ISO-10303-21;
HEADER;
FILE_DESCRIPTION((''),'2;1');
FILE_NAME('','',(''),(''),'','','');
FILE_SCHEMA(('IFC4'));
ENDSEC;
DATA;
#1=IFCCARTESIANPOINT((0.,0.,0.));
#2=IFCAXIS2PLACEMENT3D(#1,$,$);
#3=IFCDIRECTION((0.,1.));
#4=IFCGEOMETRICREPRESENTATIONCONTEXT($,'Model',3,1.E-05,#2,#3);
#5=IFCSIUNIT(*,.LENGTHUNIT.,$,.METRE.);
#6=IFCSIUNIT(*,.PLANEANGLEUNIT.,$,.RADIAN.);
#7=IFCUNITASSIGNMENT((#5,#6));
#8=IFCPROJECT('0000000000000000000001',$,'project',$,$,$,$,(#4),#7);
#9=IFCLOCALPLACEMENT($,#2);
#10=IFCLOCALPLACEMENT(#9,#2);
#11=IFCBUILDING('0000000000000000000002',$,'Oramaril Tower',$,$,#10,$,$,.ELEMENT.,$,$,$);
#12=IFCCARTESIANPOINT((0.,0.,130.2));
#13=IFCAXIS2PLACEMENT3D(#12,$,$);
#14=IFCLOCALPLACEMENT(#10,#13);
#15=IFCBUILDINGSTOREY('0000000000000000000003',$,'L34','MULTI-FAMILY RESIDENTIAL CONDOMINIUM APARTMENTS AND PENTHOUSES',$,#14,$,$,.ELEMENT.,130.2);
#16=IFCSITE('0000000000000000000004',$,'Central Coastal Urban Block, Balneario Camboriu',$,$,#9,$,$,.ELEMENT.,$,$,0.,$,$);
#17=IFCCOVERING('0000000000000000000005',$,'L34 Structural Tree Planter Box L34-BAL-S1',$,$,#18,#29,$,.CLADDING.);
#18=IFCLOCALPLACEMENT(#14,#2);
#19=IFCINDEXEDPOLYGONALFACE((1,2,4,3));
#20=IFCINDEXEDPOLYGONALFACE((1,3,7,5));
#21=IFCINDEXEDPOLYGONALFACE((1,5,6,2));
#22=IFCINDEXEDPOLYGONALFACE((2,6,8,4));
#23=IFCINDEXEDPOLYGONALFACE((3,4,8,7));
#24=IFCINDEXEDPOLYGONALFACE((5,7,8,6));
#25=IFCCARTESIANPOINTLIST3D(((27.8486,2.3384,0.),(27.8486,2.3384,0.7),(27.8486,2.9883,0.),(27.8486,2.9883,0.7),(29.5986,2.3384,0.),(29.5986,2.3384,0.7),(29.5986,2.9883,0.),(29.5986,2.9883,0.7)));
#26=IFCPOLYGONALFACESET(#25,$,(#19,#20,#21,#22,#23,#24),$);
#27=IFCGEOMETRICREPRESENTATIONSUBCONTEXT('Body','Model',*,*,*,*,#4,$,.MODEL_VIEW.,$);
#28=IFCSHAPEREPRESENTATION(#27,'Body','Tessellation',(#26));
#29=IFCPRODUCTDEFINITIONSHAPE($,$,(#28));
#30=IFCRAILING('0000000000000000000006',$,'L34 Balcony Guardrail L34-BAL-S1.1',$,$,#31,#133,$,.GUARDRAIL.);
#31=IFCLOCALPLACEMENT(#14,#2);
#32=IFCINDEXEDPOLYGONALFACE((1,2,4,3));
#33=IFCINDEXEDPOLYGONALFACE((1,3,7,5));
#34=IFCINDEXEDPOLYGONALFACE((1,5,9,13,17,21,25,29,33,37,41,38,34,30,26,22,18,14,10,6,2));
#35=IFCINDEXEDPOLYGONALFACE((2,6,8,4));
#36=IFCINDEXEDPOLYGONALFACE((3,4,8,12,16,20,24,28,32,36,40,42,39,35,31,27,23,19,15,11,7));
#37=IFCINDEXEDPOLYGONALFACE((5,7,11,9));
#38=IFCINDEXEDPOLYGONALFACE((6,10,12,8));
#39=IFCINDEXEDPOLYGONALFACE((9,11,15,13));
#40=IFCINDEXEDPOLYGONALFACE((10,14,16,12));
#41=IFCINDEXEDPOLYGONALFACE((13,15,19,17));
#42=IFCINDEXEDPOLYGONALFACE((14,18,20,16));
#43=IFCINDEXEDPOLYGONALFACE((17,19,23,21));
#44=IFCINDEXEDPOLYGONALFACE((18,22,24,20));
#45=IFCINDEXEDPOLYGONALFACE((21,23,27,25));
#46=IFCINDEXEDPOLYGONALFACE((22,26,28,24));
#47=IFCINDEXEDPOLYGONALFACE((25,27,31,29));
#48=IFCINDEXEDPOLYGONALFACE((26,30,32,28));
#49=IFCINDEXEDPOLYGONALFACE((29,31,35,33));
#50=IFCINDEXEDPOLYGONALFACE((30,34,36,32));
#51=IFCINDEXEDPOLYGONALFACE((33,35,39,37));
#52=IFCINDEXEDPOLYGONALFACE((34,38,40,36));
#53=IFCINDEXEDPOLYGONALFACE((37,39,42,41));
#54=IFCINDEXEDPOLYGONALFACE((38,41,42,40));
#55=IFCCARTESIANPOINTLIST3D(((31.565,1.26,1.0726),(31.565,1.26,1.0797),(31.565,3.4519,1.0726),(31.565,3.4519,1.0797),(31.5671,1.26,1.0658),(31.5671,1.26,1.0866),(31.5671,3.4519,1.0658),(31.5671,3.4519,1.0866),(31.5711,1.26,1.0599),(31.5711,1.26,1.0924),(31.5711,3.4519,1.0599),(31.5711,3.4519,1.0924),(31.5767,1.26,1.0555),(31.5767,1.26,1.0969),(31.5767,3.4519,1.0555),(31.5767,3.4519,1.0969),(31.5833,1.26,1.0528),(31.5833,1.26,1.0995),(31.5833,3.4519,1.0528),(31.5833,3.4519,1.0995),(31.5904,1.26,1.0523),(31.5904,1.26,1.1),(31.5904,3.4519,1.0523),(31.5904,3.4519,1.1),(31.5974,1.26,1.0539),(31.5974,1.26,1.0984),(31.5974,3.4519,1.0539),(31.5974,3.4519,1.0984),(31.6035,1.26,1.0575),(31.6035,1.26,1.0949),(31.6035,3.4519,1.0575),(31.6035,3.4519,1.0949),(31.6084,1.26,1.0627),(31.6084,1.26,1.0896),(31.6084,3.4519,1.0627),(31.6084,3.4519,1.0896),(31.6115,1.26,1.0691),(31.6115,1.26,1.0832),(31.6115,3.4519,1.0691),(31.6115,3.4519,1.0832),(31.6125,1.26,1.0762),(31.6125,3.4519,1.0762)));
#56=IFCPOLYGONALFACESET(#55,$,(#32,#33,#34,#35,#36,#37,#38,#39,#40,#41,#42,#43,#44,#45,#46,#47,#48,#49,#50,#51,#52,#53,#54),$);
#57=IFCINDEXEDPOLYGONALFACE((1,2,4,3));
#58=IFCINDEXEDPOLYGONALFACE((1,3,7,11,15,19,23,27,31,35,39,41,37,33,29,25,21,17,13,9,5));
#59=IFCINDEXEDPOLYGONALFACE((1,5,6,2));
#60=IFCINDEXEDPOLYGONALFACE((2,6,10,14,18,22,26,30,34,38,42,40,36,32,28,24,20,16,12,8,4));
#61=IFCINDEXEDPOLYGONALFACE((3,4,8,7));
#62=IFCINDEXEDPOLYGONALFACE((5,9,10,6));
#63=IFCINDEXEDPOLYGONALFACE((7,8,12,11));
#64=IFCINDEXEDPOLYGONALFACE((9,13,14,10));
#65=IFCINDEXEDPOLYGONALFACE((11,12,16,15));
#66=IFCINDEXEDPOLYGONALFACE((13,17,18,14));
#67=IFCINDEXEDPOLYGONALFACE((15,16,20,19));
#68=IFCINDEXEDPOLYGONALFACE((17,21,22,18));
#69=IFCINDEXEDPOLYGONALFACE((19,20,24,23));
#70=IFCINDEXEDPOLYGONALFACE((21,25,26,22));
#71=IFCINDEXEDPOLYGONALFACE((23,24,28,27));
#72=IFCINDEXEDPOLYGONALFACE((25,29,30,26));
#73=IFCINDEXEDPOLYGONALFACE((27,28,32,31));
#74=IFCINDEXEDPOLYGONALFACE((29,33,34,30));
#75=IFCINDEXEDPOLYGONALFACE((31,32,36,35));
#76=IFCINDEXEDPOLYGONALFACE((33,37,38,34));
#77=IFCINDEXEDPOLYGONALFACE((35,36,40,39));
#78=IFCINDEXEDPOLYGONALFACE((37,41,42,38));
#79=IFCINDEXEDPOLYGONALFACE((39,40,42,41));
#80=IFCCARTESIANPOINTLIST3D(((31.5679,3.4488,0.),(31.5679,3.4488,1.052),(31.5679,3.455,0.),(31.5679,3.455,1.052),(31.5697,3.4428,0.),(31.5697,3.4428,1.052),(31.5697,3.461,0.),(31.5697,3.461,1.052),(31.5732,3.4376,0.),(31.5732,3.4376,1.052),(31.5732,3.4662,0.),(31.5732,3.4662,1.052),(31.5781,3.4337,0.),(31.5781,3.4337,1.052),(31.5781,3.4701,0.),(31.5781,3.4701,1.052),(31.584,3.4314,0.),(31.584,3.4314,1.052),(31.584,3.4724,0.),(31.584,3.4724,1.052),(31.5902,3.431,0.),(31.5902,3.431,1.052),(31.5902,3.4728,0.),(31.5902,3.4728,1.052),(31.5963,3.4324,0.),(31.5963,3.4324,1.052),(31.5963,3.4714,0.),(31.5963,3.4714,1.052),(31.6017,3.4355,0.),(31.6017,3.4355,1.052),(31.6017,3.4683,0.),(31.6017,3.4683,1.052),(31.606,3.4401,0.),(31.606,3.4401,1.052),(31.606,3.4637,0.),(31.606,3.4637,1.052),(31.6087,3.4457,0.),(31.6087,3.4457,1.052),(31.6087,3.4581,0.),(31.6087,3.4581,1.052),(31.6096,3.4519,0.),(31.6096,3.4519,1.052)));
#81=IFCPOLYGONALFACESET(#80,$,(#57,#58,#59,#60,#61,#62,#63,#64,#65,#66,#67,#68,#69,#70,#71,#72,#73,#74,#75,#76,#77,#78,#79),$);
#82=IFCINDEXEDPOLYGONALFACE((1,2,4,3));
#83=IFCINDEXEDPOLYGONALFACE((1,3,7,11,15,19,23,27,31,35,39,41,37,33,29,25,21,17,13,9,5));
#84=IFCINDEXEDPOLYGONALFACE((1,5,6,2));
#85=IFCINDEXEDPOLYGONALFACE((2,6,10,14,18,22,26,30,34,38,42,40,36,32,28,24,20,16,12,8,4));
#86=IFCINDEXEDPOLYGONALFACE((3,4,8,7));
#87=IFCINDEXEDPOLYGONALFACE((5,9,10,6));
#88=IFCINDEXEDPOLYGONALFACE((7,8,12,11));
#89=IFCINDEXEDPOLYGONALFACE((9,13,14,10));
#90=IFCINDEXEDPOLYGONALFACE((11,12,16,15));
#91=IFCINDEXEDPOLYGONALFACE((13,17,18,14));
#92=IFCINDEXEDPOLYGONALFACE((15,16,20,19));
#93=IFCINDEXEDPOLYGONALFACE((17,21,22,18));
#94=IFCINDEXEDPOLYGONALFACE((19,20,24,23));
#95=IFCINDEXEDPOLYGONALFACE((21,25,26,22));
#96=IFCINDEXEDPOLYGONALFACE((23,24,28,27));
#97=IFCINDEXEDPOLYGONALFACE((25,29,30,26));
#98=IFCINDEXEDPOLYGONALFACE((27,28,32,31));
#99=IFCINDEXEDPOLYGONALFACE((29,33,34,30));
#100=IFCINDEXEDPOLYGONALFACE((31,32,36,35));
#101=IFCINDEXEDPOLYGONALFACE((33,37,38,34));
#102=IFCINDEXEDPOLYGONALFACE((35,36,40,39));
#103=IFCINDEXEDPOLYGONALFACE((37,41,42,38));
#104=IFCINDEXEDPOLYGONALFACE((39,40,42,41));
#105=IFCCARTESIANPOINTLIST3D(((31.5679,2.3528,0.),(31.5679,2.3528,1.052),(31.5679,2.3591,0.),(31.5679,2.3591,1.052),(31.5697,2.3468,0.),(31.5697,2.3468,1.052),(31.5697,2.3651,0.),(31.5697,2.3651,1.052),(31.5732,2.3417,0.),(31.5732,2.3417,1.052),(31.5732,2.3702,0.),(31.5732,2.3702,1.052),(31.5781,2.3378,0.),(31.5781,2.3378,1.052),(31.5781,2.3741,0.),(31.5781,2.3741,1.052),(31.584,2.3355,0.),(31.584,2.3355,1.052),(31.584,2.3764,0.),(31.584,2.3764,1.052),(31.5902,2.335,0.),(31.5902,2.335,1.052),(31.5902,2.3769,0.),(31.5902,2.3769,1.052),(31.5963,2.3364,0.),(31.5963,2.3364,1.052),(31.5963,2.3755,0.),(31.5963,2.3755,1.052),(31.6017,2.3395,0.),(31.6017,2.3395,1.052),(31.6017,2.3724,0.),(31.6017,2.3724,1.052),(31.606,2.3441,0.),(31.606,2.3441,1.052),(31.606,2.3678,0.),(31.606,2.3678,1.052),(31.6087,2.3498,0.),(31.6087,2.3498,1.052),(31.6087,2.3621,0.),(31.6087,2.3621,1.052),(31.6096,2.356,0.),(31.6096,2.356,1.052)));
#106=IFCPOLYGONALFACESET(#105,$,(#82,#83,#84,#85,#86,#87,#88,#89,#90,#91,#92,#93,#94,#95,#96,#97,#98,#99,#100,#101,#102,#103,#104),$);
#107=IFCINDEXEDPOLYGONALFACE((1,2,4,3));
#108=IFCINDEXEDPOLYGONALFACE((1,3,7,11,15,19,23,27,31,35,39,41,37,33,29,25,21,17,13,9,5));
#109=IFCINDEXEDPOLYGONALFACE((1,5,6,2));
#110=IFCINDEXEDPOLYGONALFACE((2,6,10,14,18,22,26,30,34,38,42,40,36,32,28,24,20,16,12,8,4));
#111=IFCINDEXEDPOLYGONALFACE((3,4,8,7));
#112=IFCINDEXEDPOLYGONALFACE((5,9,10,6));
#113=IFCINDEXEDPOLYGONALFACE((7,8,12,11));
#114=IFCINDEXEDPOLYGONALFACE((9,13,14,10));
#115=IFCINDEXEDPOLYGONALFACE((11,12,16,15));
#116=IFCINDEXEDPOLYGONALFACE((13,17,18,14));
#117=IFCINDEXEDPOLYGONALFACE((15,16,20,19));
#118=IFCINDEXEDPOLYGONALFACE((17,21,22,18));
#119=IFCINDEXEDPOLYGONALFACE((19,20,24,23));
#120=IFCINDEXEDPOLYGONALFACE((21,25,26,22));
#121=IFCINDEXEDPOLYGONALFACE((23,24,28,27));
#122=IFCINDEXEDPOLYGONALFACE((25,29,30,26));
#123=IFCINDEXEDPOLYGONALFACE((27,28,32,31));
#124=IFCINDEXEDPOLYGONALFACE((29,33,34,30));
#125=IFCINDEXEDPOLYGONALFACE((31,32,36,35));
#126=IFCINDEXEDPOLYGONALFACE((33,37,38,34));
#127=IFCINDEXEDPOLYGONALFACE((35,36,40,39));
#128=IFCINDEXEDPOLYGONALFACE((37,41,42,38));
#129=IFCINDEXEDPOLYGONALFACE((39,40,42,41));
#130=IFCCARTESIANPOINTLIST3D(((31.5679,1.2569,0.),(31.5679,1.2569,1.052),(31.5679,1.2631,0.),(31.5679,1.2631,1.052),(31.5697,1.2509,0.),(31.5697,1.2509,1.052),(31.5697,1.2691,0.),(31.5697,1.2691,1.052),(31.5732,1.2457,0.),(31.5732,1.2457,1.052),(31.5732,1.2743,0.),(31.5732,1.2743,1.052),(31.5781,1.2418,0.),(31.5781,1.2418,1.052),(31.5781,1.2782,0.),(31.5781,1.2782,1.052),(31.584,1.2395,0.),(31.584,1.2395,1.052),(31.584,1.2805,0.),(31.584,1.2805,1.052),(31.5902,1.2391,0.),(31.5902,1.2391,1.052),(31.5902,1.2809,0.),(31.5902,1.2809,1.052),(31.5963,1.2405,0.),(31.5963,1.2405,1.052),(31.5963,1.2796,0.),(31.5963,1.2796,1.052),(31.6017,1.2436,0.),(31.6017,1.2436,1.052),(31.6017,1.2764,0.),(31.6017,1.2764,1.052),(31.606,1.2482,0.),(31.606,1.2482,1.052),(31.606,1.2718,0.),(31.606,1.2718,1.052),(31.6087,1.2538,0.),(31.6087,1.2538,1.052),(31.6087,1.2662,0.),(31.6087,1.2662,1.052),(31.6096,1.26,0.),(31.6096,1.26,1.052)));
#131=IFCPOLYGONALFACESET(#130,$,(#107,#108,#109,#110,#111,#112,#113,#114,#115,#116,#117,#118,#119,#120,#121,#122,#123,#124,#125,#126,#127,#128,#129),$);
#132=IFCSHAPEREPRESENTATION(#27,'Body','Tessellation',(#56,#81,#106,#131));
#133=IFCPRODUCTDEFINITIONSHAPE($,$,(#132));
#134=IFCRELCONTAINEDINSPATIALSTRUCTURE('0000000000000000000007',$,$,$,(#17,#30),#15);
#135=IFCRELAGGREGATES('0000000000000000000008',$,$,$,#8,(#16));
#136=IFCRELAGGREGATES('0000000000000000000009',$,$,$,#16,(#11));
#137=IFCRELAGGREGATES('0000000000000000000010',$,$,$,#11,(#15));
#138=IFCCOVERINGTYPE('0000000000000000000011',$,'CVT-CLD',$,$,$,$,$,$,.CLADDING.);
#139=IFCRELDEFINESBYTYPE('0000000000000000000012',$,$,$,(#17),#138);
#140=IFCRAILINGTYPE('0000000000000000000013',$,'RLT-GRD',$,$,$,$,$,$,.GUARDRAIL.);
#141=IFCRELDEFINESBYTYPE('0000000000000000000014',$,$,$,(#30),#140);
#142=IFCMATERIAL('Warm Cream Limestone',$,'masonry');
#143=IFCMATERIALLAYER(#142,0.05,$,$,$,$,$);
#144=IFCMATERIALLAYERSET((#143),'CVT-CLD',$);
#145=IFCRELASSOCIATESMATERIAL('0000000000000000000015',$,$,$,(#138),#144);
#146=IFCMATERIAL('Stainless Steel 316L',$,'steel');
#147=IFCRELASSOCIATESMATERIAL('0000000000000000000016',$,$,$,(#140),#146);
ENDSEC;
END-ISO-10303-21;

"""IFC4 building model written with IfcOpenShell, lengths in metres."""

from ifc_helpers import new_model, si_unit, direction, frame, origin, origin_2d, place, context, subcontext, project, spatial, rectangle, circle, extrude, material, layer, layer_set, type_object, element, save


model = new_model("IFC4")

# Units and contexts
model_context = context("Model", 3, precision=1e-05, world=origin(), true_north=direction((0.0, 1.0)))
body_context = subcontext(model_context, "Body", "Model", "MODEL_VIEW")
ifc_project = project(units=[si_unit("LENGTHUNIT", "METRE"), si_unit("PLANEANGLEUNIT", "RADIAN")], contexts=[model_context])

# Site, building, storey
site_placement = place(None, origin())
site = spatial("IfcSite", under=ifc_project, at=site_placement, Name="Central Coastal Urban Block, Balneario Camboriu", CompositionType="ELEMENT", RefElevation=0.0)
building_placement = place(site_placement, origin())
building = spatial("IfcBuilding", under=site, at=building_placement, Name="Oramaril Tower", CompositionType="ELEMENT")
storey_placement = place(building_placement, frame((0.0, 0.0, 130.2)))
storey = spatial("IfcBuildingStorey", under=building, at=storey_placement, Name="L34", Description="MULTI-FAMILY RESIDENTIAL CONDOMINIUM APARTMENTS AND PENTHOUSES", CompositionType="ELEMENT", Elevation=130.2)

# Covering
ifc_material_1 = material(Name="Warm Cream Limestone", Category="masonry")
ifc_layer_1 = layer(ifc_material_1, 0.05)
ifc_layer_set_1 = layer_set([ifc_layer_1], Name="CVT-CLD")
covering_type = type_object("IfcCoveringType", Name="CVT-CLD", PredefinedType="CLADDING", material=ifc_layer_set_1)
covering_1_placement = place(storey_placement, frame((28.7236, 2.6633, 0.0), z_axis=(0.0, 0.0, 1.0), x_axis=(1.0, 0.0, 0.0)))
element("IfcCovering", 1, at=covering_1_placement, inside=storey, type_object=covering_type, Name="L34 Structural Tree Planter Box L34-BAL-S1", PredefinedType="CLADDING", context=body_context, shape_type="SweptSolid", body=[
    extrude(rectangle(XDim=1.75, YDim=0.6499, at=origin_2d()), origin(), (0.0, 0.0, 1.0), 0.7),
])

# Railing
ifc_material_2 = material(Name="Stainless Steel 316L", Category="steel")
railing_type = type_object("IfcRailingType", Name="RLT-GRD", PredefinedType="GUARDRAIL", material=ifc_material_2)
railing_1_placement = place(storey_placement, frame((31.5886, 3.4519, 0.0)))
element("IfcRailing", 2, at=railing_1_placement, inside=storey, type_object=railing_type, Name="L34 Balcony Guardrail L34-BAL-S1.1", PredefinedType="GUARDRAIL", context=body_context, shape_type="SweptSolid", body=[
    extrude(circle(Radius=0.0239, at=origin_2d()), frame((0.0, 0.0, 1.0762), z_axis=(0.0, -1.0, 0.0), x_axis=(1.0, 0.0, 0.0)), (0.0, 0.0, 1.0), 2.1919),
    extrude(circle(Radius=0.021, at=origin_2d()), origin(), (0.0, 0.0, 1.0), 1.052),
    extrude(circle(Radius=0.021, at=origin_2d()), frame((0.0, -1.0959, 0.0)), (0.0, 0.0, 1.0), 1.052),
    extrude(circle(Radius=0.021, at=origin_2d()), frame((0.0, -2.1919, 0.0)), (0.0, 0.0, 1.0), 1.052),
])

save(model, "model.ifc")
